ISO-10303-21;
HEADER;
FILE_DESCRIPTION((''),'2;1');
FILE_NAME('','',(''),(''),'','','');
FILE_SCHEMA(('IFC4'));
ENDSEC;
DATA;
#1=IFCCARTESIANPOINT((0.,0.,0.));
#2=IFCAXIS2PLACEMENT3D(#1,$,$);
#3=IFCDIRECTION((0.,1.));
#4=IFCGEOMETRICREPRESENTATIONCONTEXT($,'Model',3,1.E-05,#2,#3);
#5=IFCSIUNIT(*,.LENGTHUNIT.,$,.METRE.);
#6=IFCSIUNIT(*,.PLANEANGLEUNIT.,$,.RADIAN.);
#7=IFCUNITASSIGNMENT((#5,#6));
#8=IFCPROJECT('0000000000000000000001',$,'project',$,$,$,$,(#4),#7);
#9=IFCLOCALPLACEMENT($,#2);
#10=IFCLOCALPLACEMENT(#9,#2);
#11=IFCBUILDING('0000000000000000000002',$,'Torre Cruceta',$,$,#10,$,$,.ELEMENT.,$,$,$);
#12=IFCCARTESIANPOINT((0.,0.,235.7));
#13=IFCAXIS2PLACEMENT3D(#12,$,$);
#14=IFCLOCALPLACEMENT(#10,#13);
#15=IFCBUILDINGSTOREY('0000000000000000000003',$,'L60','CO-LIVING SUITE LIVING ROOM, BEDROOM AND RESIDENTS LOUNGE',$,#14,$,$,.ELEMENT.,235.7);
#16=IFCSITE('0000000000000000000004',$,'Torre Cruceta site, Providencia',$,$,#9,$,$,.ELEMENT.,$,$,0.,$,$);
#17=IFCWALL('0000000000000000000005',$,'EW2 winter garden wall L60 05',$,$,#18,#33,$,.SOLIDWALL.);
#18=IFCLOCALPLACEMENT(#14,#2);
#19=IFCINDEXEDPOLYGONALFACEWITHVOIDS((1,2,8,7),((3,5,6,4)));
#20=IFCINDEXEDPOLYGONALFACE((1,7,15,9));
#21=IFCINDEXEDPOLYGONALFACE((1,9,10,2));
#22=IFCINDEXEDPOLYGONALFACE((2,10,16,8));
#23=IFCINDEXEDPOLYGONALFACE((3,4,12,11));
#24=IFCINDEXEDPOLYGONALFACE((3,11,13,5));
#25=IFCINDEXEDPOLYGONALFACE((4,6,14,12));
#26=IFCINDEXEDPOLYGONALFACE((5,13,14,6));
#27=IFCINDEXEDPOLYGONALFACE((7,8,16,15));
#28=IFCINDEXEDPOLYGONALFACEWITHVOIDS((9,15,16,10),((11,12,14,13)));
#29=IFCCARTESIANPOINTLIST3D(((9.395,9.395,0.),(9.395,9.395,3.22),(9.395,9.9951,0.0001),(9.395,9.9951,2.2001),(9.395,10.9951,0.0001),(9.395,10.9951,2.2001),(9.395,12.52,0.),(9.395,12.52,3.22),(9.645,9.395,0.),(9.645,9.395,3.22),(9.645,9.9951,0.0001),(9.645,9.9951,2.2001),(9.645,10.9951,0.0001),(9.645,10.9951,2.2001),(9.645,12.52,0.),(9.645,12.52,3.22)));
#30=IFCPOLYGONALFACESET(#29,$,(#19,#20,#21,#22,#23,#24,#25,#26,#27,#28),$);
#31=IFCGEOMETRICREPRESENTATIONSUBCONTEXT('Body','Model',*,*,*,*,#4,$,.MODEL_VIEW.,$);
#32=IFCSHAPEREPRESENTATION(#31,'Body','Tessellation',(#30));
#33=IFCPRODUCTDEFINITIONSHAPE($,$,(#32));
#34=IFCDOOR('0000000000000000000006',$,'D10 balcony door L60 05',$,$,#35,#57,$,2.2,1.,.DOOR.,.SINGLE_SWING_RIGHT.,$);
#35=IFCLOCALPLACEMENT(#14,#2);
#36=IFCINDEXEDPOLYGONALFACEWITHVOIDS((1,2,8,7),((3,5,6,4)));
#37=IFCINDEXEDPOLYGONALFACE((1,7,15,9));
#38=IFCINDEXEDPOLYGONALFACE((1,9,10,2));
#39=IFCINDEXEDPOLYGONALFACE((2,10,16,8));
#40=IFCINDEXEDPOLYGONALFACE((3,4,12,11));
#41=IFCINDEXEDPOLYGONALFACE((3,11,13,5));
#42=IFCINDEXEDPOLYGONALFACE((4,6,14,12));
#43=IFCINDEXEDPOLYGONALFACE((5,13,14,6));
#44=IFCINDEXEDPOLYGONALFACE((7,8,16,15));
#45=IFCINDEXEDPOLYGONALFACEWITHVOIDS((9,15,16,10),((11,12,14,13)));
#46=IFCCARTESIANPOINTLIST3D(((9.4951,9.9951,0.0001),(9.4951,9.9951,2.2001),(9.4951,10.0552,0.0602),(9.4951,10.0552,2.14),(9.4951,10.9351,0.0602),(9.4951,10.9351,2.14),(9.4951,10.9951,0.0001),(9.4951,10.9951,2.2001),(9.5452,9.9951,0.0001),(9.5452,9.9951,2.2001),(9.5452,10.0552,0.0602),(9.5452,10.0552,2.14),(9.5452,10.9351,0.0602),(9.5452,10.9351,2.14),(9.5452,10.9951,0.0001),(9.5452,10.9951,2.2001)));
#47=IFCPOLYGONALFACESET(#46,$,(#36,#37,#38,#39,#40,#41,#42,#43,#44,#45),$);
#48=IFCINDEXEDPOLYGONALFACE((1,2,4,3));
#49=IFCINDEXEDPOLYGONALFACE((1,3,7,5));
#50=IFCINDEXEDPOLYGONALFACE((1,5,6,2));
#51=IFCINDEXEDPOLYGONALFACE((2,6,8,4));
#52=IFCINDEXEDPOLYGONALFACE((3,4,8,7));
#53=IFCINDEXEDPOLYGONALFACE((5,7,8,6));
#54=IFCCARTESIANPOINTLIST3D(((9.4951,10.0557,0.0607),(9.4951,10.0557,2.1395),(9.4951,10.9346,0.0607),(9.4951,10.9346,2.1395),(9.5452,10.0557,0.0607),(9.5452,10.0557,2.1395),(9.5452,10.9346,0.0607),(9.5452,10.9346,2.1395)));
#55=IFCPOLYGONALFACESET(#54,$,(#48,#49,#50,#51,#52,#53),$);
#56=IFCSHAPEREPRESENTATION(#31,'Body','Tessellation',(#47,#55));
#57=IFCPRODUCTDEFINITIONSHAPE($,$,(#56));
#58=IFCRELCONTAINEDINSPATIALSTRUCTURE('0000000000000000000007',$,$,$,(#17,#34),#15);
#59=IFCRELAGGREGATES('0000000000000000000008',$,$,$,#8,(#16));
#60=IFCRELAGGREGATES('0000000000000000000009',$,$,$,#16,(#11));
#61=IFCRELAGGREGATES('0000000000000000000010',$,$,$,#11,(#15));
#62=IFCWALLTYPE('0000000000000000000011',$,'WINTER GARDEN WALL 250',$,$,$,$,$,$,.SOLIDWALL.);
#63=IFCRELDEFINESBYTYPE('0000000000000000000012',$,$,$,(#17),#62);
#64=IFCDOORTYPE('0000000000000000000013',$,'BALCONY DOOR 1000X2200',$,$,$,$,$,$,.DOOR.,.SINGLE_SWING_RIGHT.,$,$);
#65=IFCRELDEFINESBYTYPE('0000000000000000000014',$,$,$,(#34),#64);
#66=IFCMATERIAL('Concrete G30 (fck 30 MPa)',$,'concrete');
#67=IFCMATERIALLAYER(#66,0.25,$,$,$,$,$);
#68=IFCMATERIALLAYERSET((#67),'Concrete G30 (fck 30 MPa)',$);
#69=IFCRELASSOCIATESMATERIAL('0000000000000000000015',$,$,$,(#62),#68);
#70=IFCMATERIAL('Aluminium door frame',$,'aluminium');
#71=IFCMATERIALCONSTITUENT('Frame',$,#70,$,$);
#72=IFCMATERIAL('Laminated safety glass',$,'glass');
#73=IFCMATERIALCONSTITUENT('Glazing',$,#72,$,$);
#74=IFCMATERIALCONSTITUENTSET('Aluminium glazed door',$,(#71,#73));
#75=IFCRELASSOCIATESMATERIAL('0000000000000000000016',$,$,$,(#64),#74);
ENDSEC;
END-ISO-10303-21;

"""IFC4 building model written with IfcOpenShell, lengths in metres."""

from ifc_helpers import new_model, si_unit, direction, frame, frame_2d, origin, place, context, subcontext, project, spatial, rectangle, hollow_rectangle, extrude, material, layer, layer_set, constituent, constituent_set, type_object, element, fill, save


model = new_model("IFC4")

# Units and contexts
model_context = context("Model", 3, precision=1e-05, world=origin(), true_north=direction((0.0, 1.0)))
body_context = subcontext(model_context, "Body", "Model", "MODEL_VIEW")
ifc_project = project(units=[si_unit("LENGTHUNIT", "METRE"), si_unit("PLANEANGLEUNIT", "RADIAN")], contexts=[model_context])

# Site, building, storey
site_placement = place(None, origin())
site = spatial("IfcSite", under=ifc_project, at=site_placement, Name="Torre Cruceta site, Providencia", CompositionType="ELEMENT", RefElevation=0.0)
building_placement = place(site_placement, origin())
building = spatial("IfcBuilding", under=site, at=building_placement, Name="Torre Cruceta", CompositionType="ELEMENT")
storey_placement = place(building_placement, frame((0.0, 0.0, 235.7)))
storey = spatial("IfcBuildingStorey", under=building, at=storey_placement, Name="L60", Description="CO-LIVING SUITE LIVING ROOM, BEDROOM AND RESIDENTS LOUNGE", CompositionType="ELEMENT", Elevation=235.7)

# Wall, opening, door
ifc_material_1 = material(Name="Concrete G30 (fck 30 MPa)", Category="concrete")
ifc_layer_1 = layer(ifc_material_1, 0.25)
ifc_layer_set_1 = layer_set([ifc_layer_1], Name="Concrete G30 (fck 30 MPa)")
wall_type_1 = type_object("IfcWallType", Name="WINTER GARDEN WALL 250", PredefinedType="SOLIDWALL", material=ifc_layer_set_1)
ifc_material_2 = material(Name="Aluminium door frame", Category="aluminium")
ifc_constituent_1 = constituent(ifc_material_2, Name="Frame")
ifc_material_3 = material(Name="Laminated safety glass", Category="glass")
ifc_constituent_2 = constituent(ifc_material_3, Name="Glazing")
ifc_constituent_set_1 = constituent_set(constituents=[ifc_constituent_1, ifc_constituent_2], Name="Aluminium glazed door")
door_type_1 = type_object("IfcDoorType", Name="BALCONY DOOR 1000X2200", OperationType="SINGLE_SWING_RIGHT", PredefinedType="DOOR", material=ifc_constituent_set_1)
wall_1_placement = place(storey_placement, frame((9.52, 9.395, 0.0), z_axis=(0.0, 0.0, 1.0), x_axis=(0.0, 1.0, 0.0)))
wall_1 = element("IfcWall", 1, at=wall_1_placement, inside=storey, type_object=wall_type_1, Name="EW2 winter garden wall L60 05", PredefinedType="SOLIDWALL", context=body_context, shape_type="SweptSolid", body=[
    extrude(rectangle(XDim=3.125, YDim=0.25, at=frame_2d((1.5625, 0.0))), origin(), (0.0, 0.0, 1.0), 3.22),
])
opening_1_placement = place(wall_1_placement, frame((0.6001, 0.0, 0.0)))
opening_1 = element("IfcOpeningElement", 2, at=opening_1_placement, cuts=wall_1, PredefinedType="OPENING", context=body_context, shape_type="SweptSolid", body=[
    extrude(rectangle(XDim=1.0, YDim=2.2, at=frame_2d((0.5, 1.1001))), frame((0.0, 0.135, 0.0), z_axis=(0.0, -1.0, 0.0), x_axis=(1.0, 0.0, 0.0)), (0.0, 0.0, 1.0), 0.27),
])
door_1_placement = place(opening_1_placement, origin())
door_1 = element("IfcDoor", 3, at=door_1_placement, inside=storey, type_object=door_type_1, Name="D10 balcony door L60 05", OperationType="SINGLE_SWING_RIGHT", OverallHeight=2.2, OverallWidth=1.0, PredefinedType="DOOR", context=body_context, shape_type="SweptSolid", body=[
    extrude(hollow_rectangle(XDim=1.0, YDim=2.2, WallThickness=0.0601, at=frame_2d((0.5, 1.1001))), frame((0.0, 0.0249, 0.0), z_axis=(0.0, -1.0, 0.0), x_axis=(1.0, 0.0, 0.0)), (0.0, 0.0, 1.0), 0.05),
    extrude(rectangle(XDim=0.8789, YDim=2.0789, at=frame_2d((0.5, 1.1001))), frame((0.0, 0.0249, 0.0), z_axis=(0.0, -1.0, 0.0), x_axis=(1.0, 0.0, 0.0)), (0.0, 0.0, 1.0), 0.05),
])
fill(opening_1, door_1)

save(model, "model.ifc")
